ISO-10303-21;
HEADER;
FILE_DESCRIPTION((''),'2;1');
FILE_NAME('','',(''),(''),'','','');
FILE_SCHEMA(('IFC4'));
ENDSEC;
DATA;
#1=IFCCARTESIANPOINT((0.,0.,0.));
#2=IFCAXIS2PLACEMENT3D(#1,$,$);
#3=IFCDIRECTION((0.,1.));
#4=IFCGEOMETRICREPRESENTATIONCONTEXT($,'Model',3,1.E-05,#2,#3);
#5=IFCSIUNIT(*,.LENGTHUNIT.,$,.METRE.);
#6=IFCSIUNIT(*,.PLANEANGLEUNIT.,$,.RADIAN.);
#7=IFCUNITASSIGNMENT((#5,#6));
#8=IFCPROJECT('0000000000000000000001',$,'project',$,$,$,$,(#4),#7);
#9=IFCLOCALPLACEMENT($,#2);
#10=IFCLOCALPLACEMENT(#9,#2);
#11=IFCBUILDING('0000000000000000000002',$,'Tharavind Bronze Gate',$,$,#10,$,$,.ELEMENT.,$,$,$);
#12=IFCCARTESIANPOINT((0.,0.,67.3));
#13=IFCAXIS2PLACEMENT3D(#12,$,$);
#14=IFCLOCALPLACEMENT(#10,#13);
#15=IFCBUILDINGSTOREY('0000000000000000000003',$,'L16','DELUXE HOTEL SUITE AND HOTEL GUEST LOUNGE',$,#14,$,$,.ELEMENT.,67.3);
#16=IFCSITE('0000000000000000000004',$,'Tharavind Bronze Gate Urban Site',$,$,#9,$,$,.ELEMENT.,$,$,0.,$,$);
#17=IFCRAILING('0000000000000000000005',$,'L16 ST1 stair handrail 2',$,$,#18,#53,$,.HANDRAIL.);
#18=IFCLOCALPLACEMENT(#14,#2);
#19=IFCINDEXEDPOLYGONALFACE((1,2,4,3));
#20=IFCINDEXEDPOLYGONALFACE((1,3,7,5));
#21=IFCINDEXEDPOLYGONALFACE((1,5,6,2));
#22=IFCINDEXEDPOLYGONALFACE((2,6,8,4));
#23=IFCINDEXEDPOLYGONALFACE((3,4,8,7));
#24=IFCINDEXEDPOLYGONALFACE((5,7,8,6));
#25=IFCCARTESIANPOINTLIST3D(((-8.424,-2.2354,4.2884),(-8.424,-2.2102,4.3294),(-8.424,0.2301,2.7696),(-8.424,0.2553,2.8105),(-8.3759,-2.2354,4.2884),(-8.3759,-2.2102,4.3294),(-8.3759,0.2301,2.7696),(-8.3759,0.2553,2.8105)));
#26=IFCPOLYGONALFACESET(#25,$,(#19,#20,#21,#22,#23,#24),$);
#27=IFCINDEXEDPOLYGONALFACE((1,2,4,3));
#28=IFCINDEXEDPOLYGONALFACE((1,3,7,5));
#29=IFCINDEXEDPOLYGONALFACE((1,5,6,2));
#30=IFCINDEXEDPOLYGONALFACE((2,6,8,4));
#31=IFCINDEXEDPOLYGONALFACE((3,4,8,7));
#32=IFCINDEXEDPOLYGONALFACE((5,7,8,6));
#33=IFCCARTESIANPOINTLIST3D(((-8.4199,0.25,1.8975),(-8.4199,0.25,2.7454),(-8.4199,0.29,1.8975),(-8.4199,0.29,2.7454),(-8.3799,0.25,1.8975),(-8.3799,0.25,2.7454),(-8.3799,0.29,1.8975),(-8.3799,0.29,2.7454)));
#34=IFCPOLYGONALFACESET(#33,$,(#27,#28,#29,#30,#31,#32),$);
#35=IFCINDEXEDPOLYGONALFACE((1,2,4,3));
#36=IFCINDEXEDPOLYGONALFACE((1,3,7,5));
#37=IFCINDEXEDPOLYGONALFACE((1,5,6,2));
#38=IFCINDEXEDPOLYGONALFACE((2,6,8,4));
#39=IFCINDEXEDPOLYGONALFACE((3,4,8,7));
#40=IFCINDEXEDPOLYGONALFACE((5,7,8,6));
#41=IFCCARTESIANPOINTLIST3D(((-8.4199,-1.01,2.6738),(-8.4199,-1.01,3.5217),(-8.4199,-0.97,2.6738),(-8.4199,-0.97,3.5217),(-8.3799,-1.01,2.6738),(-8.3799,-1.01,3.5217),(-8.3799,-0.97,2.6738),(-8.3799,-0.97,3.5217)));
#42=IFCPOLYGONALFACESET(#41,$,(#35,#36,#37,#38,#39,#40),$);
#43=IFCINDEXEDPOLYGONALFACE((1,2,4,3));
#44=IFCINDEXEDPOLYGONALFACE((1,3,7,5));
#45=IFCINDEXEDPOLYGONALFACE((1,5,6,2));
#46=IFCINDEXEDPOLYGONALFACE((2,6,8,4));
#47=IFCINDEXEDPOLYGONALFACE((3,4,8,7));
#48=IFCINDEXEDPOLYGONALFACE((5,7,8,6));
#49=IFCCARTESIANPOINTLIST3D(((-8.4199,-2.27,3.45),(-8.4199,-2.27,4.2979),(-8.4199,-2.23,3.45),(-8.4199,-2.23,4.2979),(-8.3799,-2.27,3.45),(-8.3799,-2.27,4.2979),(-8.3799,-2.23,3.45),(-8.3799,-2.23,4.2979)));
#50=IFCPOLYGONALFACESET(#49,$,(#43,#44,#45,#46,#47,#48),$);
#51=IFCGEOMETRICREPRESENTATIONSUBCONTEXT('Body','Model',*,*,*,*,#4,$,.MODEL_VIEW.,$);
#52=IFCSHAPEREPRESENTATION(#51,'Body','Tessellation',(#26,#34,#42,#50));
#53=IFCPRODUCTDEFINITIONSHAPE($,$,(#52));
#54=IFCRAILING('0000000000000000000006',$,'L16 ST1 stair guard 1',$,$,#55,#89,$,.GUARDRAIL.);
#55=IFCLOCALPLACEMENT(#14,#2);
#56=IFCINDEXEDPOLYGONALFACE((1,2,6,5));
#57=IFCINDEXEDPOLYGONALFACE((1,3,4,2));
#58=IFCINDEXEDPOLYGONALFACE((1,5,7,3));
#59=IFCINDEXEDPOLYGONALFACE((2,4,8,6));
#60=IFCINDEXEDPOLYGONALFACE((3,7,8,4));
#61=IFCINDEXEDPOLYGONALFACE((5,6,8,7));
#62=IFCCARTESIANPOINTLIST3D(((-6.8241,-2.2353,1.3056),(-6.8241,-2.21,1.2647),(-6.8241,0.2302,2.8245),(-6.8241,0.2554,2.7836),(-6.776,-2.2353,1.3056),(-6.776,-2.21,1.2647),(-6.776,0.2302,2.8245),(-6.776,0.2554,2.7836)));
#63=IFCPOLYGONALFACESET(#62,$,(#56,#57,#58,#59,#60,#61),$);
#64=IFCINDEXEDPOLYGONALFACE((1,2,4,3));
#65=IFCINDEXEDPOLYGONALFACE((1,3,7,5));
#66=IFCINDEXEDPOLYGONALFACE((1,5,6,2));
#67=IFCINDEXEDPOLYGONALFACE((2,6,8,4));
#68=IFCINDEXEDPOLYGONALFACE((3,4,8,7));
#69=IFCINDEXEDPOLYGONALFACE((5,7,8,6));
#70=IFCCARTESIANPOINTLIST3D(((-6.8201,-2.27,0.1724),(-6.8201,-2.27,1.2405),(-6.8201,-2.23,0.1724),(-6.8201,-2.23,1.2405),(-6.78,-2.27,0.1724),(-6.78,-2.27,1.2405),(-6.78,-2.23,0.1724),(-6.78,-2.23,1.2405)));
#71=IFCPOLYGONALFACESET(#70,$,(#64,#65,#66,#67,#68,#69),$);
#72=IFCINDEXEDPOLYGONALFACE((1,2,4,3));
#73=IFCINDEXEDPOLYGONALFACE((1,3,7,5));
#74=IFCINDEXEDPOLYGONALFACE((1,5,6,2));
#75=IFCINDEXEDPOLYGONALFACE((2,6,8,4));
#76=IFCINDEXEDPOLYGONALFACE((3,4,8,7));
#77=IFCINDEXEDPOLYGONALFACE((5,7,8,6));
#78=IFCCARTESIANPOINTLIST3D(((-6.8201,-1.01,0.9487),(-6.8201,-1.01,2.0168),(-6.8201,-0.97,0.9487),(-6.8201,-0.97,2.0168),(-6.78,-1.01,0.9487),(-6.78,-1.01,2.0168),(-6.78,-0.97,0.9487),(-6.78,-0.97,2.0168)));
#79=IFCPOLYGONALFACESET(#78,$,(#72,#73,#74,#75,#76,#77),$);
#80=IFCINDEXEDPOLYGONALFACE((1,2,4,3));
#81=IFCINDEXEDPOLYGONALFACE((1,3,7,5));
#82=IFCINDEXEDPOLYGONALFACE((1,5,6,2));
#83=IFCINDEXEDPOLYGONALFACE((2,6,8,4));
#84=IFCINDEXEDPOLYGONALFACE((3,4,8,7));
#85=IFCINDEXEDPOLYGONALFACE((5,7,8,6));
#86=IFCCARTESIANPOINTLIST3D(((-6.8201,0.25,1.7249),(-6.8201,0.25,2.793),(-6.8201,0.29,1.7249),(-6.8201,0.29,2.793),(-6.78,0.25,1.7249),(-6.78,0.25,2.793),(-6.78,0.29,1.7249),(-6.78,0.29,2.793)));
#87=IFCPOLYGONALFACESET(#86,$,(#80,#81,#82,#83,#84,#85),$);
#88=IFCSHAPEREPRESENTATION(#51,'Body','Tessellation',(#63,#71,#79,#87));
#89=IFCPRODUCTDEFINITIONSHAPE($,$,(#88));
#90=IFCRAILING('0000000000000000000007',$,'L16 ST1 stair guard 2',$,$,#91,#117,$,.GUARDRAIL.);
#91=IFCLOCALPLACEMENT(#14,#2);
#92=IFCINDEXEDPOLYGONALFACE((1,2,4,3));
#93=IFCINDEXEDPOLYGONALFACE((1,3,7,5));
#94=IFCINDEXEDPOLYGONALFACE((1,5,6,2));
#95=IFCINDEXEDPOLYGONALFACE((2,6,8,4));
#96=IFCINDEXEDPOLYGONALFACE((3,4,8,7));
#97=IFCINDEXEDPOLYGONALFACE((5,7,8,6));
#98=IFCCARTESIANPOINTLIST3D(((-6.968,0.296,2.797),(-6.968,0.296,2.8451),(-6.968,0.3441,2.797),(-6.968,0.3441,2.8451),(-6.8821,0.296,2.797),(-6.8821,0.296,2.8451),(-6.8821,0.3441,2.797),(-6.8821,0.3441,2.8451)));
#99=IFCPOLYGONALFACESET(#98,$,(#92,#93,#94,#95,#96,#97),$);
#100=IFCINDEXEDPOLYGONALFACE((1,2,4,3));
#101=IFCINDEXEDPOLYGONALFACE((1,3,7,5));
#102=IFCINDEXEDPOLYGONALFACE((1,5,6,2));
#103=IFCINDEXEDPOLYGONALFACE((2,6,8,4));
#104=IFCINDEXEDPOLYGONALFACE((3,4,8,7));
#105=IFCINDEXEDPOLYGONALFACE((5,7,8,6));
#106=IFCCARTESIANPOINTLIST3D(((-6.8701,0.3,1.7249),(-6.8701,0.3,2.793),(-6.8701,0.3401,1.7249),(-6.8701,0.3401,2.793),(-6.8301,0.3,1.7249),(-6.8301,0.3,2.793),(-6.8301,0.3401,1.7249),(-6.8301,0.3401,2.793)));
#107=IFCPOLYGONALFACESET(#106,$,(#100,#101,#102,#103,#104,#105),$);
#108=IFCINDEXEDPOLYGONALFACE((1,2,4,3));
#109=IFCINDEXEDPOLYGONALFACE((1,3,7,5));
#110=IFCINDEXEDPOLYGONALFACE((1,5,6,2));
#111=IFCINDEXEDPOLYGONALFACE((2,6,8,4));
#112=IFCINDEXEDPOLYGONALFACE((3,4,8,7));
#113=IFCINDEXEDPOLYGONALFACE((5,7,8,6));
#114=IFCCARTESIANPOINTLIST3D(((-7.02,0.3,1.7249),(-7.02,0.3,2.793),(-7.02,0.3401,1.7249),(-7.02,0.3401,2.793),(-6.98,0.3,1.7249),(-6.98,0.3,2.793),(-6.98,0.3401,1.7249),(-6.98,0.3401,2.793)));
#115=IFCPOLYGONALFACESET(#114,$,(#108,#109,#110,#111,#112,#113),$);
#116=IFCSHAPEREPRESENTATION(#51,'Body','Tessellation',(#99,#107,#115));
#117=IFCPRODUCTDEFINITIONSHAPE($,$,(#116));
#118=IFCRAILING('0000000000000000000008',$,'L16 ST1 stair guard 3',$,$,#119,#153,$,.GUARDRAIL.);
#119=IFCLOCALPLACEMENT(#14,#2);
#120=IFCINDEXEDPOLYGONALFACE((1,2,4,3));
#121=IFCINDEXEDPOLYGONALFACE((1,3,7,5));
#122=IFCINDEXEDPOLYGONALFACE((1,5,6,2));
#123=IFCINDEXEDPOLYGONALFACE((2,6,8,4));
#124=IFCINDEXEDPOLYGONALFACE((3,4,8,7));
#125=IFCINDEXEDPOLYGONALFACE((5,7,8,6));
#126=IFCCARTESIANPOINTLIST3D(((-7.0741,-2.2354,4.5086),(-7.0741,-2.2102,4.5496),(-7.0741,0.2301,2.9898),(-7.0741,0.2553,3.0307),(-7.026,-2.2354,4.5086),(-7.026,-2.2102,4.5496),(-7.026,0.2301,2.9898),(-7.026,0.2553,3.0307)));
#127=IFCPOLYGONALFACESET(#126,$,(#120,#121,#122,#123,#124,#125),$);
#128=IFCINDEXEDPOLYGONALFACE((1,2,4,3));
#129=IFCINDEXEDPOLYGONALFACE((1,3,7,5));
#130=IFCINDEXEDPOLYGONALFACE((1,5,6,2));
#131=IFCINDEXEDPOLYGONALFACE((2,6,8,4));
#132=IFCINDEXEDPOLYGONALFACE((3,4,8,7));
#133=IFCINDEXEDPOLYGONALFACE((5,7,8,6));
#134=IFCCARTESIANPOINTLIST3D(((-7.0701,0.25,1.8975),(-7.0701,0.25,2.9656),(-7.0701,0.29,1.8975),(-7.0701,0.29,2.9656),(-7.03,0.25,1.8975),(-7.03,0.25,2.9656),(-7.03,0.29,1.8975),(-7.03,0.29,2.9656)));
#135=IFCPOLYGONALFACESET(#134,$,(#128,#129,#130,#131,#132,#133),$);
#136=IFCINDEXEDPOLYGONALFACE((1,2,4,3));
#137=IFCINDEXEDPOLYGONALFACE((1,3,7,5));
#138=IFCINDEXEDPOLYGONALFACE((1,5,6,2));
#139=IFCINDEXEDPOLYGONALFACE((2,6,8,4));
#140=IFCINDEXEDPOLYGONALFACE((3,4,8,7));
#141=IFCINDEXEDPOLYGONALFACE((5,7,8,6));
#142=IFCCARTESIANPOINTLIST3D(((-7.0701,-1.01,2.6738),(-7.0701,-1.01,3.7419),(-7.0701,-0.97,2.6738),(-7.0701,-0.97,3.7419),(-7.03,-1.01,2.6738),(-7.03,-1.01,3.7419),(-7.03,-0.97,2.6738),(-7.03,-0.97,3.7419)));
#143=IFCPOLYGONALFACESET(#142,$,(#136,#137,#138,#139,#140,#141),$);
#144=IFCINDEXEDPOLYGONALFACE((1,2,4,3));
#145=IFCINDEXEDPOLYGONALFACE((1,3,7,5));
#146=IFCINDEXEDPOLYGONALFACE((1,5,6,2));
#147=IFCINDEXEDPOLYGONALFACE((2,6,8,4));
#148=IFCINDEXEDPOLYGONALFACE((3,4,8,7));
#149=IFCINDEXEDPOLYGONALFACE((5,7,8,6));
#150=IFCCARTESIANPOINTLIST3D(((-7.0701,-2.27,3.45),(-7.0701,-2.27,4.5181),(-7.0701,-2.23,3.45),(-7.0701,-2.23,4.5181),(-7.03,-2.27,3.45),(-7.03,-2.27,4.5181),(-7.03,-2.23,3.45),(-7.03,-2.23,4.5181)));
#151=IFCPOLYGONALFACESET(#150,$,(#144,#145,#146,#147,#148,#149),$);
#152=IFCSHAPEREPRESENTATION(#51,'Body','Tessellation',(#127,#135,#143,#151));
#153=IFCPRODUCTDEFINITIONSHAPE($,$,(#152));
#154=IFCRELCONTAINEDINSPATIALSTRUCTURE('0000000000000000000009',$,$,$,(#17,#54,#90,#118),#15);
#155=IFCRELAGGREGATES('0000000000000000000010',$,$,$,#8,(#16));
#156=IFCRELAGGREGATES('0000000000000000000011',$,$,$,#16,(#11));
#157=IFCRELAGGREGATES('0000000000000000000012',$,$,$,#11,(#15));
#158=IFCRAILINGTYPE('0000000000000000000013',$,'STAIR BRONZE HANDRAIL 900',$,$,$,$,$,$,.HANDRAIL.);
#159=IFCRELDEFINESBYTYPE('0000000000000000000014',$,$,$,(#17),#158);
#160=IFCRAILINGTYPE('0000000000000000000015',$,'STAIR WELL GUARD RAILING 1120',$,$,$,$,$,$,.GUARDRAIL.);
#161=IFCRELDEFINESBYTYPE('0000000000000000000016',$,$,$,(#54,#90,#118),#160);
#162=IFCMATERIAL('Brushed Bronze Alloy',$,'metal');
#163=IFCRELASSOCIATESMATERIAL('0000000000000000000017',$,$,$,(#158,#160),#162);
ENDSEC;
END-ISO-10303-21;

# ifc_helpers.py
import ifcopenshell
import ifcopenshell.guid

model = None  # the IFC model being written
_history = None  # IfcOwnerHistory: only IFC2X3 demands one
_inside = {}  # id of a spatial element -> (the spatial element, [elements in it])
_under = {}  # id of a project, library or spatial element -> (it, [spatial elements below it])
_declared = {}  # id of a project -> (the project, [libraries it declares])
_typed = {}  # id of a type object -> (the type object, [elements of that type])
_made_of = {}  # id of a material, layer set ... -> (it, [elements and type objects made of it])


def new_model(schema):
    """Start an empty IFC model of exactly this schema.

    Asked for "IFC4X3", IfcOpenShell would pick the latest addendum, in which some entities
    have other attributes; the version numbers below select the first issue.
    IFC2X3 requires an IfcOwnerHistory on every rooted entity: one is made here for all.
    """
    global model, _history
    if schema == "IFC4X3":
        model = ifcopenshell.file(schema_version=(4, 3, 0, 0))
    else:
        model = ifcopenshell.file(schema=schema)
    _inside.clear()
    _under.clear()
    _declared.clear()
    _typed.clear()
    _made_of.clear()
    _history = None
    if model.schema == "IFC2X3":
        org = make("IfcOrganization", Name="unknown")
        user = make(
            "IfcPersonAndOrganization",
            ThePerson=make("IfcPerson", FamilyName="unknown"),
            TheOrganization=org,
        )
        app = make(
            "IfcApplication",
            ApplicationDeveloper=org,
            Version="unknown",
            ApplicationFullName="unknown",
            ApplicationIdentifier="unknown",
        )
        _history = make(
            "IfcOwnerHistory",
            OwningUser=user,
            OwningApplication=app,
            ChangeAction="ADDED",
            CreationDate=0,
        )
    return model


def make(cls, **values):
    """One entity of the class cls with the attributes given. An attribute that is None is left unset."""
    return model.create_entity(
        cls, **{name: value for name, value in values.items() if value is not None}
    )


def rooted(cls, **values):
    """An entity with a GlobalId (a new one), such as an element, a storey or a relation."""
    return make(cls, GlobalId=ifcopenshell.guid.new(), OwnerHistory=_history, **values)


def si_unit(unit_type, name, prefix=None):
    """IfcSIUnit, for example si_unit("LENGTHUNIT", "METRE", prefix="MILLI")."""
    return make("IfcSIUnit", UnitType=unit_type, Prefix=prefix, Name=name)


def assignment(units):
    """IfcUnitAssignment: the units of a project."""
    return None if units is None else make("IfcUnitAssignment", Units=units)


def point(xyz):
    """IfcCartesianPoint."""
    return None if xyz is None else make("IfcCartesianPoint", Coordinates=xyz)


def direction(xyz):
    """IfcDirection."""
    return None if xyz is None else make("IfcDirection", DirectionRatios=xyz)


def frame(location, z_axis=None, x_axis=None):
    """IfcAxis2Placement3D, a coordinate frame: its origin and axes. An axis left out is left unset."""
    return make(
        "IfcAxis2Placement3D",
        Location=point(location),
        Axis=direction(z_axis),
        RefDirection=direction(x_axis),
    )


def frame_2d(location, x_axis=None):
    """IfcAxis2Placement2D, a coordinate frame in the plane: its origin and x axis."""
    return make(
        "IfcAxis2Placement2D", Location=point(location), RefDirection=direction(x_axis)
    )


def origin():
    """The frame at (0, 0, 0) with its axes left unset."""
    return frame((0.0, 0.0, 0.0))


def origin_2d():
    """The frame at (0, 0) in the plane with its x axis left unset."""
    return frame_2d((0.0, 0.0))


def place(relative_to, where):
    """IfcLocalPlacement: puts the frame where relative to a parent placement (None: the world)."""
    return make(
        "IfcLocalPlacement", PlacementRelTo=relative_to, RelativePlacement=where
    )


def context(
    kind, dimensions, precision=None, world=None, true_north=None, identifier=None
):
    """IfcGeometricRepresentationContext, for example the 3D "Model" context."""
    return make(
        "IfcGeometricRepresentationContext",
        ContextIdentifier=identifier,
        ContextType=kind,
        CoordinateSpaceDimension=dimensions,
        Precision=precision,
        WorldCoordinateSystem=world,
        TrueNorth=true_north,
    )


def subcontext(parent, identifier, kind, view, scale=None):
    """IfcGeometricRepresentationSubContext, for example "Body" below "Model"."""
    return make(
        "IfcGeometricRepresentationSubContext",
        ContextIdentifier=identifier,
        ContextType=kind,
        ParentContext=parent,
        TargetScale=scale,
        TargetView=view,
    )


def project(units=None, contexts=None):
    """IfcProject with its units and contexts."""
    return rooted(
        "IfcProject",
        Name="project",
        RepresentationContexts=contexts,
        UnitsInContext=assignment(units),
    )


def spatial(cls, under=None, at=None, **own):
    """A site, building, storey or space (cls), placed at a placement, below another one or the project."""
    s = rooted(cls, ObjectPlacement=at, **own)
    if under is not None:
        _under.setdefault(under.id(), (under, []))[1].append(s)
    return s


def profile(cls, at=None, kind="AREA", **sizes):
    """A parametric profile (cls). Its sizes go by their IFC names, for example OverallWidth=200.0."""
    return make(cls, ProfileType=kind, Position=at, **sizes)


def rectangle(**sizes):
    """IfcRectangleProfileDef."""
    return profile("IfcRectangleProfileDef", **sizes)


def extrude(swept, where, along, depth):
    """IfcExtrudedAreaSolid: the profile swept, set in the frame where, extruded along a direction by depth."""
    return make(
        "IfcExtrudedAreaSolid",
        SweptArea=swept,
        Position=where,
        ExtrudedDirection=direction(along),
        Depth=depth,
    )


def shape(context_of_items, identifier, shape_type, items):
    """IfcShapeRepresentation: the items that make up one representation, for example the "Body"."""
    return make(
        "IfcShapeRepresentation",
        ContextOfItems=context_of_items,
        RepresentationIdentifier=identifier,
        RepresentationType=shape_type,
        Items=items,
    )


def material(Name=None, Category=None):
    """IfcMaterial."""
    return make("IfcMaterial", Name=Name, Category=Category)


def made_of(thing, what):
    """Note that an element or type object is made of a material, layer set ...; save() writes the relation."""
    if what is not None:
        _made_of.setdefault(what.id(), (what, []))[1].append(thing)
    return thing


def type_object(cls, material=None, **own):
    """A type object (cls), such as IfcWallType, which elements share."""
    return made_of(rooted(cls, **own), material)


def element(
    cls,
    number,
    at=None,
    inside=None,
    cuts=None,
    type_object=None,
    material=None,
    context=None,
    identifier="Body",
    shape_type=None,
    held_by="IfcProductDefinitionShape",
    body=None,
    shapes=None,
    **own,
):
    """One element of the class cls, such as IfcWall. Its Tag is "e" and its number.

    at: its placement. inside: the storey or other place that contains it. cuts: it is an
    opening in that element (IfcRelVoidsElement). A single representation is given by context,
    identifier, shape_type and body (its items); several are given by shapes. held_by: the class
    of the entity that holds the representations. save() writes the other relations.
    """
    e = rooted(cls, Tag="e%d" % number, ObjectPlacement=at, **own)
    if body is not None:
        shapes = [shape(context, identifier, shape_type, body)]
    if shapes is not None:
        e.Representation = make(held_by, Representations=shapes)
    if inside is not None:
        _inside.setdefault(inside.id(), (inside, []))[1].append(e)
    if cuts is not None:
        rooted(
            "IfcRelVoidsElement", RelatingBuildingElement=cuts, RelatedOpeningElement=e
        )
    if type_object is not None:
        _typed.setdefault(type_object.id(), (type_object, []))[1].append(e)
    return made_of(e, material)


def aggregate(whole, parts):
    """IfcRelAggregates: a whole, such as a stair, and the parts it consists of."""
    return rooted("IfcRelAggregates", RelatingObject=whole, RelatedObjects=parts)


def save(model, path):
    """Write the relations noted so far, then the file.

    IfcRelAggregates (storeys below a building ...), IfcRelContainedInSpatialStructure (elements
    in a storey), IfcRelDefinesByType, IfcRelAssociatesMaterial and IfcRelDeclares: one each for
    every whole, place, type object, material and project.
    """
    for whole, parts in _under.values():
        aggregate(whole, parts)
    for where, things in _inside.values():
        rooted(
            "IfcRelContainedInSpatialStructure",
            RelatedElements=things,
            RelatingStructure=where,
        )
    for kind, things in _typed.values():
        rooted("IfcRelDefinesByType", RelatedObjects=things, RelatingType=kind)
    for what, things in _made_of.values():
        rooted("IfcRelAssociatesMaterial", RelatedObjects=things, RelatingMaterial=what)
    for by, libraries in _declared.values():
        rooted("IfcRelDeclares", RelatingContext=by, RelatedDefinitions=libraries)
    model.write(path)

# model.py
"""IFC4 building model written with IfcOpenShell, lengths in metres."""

from ifc_helpers import new_model, si_unit, direction, frame, origin, origin_2d, place, context, subcontext, project, spatial, rectangle, extrude, material, type_object, element, save


model = new_model("IFC4")

# Units and contexts
model_context = context("Model", 3, precision=1e-05, world=origin(), true_north=direction((0.0, 1.0)))
body_context = subcontext(model_context, "Body", "Model", "MODEL_VIEW")
ifc_project = project(units=[si_unit("LENGTHUNIT", "METRE"), si_unit("PLANEANGLEUNIT", "RADIAN")], contexts=[model_context])

# Site, building, storey
site_placement = place(None, origin())
site = spatial("IfcSite", under=ifc_project, at=site_placement, Name="Tharavind Bronze Gate Urban Site", CompositionType="ELEMENT", RefElevation=0.0)
building_placement = place(site_placement, origin())
building = spatial("IfcBuilding", under=site, at=building_placement, Name="Tharavind Bronze Gate", CompositionType="ELEMENT")
storey_placement = place(building_placement, frame((0.0, 0.0, 67.3)))
storey = spatial("IfcBuildingStorey", under=building, at=storey_placement, Name="L16", Description="DELUXE HOTEL SUITE AND HOTEL GUEST LOUNGE", CompositionType="ELEMENT", Elevation=67.3)

# Railings
ifc_material_1 = material(Name="Brushed Bronze Alloy", Category="metal")
railing_type_1 = type_object("IfcRailingType", Name="STAIR BRONZE HANDRAIL 900", PredefinedType="HANDRAIL", material=ifc_material_1)
railing_1_placement = place(storey_placement, frame((-8.3999, 0.27, 1.8975)))
element("IfcRailing", 1, at=railing_1_placement, inside=storey, type_object=railing_type_1, Name="L16 ST1 stair handrail 2", PredefinedType="HANDRAIL", context=body_context, shape_type="SweptSolid", body=[
    extrude(rectangle(XDim=0.0481, YDim=0.0481, at=origin_2d()), frame((0.0, -0.0273, 0.8926), z_axis=(0.0, -0.8514, 0.524516), x_axis=(1.0, 0.0, 0.0)), (0.0, 0.0, 1.0), 2.8958),
    extrude(rectangle(XDim=0.04, YDim=0.04, at=origin_2d()), origin(), (0.0, 0.0, 1.0), 0.8479),
    extrude(rectangle(XDim=0.04, YDim=0.04, at=origin_2d()), frame((0.0, -1.26, 0.7764)), (0.0, 0.0, 1.0), 0.8479),
    extrude(rectangle(XDim=0.04, YDim=0.04, at=origin_2d()), frame((0.0, -2.52, 1.5525)), (0.0, 0.0, 1.0), 0.8479),
])
railing_type_2 = type_object("IfcRailingType", Name="STAIR WELL GUARD RAILING 1120", PredefinedType="GUARDRAIL", material=ifc_material_1)
railing_2_placement = place(storey_placement, frame((-6.8, -2.25, 0.1724)))
element("IfcRailing", 2, at=railing_2_placement, inside=storey, type_object=railing_type_2, Name="L16 ST1 stair guard 1", PredefinedType="GUARDRAIL", context=body_context, shape_type="SweptSolid", body=[
    extrude(rectangle(XDim=0.0481, YDim=0.0481, at=origin_2d()), frame((0.0, 0.0273, 1.1128), z_axis=(0.0, 0.8514, 0.524516), x_axis=(-1.0, 0.0, 0.0)), (0.0, 0.0, 1.0), 2.8958),
    extrude(rectangle(XDim=0.04, YDim=0.04, at=origin_2d()), origin(), (0.0, 0.0, 1.0), 1.0681),
    extrude(rectangle(XDim=0.04, YDim=0.04, at=origin_2d()), frame((0.0, 1.26, 0.7764)), (0.0, 0.0, 1.0), 1.0681),
    extrude(rectangle(XDim=0.04, YDim=0.04, at=origin_2d()), frame((0.0, 2.52, 1.5525)), (0.0, 0.0, 1.0), 1.0681),
])
railing_3_placement = place(storey_placement, frame((-6.8501, 0.3201, 1.7249)))
element("IfcRailing", 3, at=railing_3_placement, inside=storey, type_object=railing_type_2, Name="L16 ST1 stair guard 2", PredefinedType="GUARDRAIL", context=body_context, shape_type="SweptSolid", body=[
    extrude(rectangle(XDim=0.0481, YDim=0.0481, at=origin_2d()), frame((-0.032, 0.0, 1.0962), z_axis=(-1.0, 0.0, 0.0), x_axis=(0.0, -1.0, 0.0)), (0.0, 0.0, 1.0), 0.0859),
    extrude(rectangle(XDim=0.04, YDim=0.04, at=origin_2d()), origin(), (0.0, 0.0, 1.0), 1.0681),
    extrude(rectangle(XDim=0.04, YDim=0.04, at=origin_2d()), frame((-0.1499, 0.0, 0.0)), (0.0, 0.0, 1.0), 1.0681),
])
railing_4_placement = place(storey_placement, frame((-7.05, 0.27, 1.8975)))
element("IfcRailing", 4, at=railing_4_placement, inside=storey, type_object=railing_type_2, Name="L16 ST1 stair guard 3", PredefinedType="GUARDRAIL", context=body_context, shape_type="SweptSolid", body=[
    extrude(rectangle(XDim=0.0481, YDim=0.0481, at=origin_2d()), frame((0.0, -0.0273, 1.1128), z_axis=(0.0, -0.8514, 0.524516), x_axis=(1.0, 0.0, 0.0)), (0.0, 0.0, 1.0), 2.8958),
    extrude(rectangle(XDim=0.04, YDim=0.04, at=origin_2d()), origin(), (0.0, 0.0, 1.0), 1.0681),
    extrude(rectangle(XDim=0.04, YDim=0.04, at=origin_2d()), frame((0.0, -1.26, 0.7764)), (0.0, 0.0, 1.0), 1.0681),
    extrude(rectangle(XDim=0.04, YDim=0.04, at=origin_2d()), frame((0.0, -2.52, 1.5525)), (0.0, 0.0, 1.0), 1.0681),
])

save(model, "model.ifc")
